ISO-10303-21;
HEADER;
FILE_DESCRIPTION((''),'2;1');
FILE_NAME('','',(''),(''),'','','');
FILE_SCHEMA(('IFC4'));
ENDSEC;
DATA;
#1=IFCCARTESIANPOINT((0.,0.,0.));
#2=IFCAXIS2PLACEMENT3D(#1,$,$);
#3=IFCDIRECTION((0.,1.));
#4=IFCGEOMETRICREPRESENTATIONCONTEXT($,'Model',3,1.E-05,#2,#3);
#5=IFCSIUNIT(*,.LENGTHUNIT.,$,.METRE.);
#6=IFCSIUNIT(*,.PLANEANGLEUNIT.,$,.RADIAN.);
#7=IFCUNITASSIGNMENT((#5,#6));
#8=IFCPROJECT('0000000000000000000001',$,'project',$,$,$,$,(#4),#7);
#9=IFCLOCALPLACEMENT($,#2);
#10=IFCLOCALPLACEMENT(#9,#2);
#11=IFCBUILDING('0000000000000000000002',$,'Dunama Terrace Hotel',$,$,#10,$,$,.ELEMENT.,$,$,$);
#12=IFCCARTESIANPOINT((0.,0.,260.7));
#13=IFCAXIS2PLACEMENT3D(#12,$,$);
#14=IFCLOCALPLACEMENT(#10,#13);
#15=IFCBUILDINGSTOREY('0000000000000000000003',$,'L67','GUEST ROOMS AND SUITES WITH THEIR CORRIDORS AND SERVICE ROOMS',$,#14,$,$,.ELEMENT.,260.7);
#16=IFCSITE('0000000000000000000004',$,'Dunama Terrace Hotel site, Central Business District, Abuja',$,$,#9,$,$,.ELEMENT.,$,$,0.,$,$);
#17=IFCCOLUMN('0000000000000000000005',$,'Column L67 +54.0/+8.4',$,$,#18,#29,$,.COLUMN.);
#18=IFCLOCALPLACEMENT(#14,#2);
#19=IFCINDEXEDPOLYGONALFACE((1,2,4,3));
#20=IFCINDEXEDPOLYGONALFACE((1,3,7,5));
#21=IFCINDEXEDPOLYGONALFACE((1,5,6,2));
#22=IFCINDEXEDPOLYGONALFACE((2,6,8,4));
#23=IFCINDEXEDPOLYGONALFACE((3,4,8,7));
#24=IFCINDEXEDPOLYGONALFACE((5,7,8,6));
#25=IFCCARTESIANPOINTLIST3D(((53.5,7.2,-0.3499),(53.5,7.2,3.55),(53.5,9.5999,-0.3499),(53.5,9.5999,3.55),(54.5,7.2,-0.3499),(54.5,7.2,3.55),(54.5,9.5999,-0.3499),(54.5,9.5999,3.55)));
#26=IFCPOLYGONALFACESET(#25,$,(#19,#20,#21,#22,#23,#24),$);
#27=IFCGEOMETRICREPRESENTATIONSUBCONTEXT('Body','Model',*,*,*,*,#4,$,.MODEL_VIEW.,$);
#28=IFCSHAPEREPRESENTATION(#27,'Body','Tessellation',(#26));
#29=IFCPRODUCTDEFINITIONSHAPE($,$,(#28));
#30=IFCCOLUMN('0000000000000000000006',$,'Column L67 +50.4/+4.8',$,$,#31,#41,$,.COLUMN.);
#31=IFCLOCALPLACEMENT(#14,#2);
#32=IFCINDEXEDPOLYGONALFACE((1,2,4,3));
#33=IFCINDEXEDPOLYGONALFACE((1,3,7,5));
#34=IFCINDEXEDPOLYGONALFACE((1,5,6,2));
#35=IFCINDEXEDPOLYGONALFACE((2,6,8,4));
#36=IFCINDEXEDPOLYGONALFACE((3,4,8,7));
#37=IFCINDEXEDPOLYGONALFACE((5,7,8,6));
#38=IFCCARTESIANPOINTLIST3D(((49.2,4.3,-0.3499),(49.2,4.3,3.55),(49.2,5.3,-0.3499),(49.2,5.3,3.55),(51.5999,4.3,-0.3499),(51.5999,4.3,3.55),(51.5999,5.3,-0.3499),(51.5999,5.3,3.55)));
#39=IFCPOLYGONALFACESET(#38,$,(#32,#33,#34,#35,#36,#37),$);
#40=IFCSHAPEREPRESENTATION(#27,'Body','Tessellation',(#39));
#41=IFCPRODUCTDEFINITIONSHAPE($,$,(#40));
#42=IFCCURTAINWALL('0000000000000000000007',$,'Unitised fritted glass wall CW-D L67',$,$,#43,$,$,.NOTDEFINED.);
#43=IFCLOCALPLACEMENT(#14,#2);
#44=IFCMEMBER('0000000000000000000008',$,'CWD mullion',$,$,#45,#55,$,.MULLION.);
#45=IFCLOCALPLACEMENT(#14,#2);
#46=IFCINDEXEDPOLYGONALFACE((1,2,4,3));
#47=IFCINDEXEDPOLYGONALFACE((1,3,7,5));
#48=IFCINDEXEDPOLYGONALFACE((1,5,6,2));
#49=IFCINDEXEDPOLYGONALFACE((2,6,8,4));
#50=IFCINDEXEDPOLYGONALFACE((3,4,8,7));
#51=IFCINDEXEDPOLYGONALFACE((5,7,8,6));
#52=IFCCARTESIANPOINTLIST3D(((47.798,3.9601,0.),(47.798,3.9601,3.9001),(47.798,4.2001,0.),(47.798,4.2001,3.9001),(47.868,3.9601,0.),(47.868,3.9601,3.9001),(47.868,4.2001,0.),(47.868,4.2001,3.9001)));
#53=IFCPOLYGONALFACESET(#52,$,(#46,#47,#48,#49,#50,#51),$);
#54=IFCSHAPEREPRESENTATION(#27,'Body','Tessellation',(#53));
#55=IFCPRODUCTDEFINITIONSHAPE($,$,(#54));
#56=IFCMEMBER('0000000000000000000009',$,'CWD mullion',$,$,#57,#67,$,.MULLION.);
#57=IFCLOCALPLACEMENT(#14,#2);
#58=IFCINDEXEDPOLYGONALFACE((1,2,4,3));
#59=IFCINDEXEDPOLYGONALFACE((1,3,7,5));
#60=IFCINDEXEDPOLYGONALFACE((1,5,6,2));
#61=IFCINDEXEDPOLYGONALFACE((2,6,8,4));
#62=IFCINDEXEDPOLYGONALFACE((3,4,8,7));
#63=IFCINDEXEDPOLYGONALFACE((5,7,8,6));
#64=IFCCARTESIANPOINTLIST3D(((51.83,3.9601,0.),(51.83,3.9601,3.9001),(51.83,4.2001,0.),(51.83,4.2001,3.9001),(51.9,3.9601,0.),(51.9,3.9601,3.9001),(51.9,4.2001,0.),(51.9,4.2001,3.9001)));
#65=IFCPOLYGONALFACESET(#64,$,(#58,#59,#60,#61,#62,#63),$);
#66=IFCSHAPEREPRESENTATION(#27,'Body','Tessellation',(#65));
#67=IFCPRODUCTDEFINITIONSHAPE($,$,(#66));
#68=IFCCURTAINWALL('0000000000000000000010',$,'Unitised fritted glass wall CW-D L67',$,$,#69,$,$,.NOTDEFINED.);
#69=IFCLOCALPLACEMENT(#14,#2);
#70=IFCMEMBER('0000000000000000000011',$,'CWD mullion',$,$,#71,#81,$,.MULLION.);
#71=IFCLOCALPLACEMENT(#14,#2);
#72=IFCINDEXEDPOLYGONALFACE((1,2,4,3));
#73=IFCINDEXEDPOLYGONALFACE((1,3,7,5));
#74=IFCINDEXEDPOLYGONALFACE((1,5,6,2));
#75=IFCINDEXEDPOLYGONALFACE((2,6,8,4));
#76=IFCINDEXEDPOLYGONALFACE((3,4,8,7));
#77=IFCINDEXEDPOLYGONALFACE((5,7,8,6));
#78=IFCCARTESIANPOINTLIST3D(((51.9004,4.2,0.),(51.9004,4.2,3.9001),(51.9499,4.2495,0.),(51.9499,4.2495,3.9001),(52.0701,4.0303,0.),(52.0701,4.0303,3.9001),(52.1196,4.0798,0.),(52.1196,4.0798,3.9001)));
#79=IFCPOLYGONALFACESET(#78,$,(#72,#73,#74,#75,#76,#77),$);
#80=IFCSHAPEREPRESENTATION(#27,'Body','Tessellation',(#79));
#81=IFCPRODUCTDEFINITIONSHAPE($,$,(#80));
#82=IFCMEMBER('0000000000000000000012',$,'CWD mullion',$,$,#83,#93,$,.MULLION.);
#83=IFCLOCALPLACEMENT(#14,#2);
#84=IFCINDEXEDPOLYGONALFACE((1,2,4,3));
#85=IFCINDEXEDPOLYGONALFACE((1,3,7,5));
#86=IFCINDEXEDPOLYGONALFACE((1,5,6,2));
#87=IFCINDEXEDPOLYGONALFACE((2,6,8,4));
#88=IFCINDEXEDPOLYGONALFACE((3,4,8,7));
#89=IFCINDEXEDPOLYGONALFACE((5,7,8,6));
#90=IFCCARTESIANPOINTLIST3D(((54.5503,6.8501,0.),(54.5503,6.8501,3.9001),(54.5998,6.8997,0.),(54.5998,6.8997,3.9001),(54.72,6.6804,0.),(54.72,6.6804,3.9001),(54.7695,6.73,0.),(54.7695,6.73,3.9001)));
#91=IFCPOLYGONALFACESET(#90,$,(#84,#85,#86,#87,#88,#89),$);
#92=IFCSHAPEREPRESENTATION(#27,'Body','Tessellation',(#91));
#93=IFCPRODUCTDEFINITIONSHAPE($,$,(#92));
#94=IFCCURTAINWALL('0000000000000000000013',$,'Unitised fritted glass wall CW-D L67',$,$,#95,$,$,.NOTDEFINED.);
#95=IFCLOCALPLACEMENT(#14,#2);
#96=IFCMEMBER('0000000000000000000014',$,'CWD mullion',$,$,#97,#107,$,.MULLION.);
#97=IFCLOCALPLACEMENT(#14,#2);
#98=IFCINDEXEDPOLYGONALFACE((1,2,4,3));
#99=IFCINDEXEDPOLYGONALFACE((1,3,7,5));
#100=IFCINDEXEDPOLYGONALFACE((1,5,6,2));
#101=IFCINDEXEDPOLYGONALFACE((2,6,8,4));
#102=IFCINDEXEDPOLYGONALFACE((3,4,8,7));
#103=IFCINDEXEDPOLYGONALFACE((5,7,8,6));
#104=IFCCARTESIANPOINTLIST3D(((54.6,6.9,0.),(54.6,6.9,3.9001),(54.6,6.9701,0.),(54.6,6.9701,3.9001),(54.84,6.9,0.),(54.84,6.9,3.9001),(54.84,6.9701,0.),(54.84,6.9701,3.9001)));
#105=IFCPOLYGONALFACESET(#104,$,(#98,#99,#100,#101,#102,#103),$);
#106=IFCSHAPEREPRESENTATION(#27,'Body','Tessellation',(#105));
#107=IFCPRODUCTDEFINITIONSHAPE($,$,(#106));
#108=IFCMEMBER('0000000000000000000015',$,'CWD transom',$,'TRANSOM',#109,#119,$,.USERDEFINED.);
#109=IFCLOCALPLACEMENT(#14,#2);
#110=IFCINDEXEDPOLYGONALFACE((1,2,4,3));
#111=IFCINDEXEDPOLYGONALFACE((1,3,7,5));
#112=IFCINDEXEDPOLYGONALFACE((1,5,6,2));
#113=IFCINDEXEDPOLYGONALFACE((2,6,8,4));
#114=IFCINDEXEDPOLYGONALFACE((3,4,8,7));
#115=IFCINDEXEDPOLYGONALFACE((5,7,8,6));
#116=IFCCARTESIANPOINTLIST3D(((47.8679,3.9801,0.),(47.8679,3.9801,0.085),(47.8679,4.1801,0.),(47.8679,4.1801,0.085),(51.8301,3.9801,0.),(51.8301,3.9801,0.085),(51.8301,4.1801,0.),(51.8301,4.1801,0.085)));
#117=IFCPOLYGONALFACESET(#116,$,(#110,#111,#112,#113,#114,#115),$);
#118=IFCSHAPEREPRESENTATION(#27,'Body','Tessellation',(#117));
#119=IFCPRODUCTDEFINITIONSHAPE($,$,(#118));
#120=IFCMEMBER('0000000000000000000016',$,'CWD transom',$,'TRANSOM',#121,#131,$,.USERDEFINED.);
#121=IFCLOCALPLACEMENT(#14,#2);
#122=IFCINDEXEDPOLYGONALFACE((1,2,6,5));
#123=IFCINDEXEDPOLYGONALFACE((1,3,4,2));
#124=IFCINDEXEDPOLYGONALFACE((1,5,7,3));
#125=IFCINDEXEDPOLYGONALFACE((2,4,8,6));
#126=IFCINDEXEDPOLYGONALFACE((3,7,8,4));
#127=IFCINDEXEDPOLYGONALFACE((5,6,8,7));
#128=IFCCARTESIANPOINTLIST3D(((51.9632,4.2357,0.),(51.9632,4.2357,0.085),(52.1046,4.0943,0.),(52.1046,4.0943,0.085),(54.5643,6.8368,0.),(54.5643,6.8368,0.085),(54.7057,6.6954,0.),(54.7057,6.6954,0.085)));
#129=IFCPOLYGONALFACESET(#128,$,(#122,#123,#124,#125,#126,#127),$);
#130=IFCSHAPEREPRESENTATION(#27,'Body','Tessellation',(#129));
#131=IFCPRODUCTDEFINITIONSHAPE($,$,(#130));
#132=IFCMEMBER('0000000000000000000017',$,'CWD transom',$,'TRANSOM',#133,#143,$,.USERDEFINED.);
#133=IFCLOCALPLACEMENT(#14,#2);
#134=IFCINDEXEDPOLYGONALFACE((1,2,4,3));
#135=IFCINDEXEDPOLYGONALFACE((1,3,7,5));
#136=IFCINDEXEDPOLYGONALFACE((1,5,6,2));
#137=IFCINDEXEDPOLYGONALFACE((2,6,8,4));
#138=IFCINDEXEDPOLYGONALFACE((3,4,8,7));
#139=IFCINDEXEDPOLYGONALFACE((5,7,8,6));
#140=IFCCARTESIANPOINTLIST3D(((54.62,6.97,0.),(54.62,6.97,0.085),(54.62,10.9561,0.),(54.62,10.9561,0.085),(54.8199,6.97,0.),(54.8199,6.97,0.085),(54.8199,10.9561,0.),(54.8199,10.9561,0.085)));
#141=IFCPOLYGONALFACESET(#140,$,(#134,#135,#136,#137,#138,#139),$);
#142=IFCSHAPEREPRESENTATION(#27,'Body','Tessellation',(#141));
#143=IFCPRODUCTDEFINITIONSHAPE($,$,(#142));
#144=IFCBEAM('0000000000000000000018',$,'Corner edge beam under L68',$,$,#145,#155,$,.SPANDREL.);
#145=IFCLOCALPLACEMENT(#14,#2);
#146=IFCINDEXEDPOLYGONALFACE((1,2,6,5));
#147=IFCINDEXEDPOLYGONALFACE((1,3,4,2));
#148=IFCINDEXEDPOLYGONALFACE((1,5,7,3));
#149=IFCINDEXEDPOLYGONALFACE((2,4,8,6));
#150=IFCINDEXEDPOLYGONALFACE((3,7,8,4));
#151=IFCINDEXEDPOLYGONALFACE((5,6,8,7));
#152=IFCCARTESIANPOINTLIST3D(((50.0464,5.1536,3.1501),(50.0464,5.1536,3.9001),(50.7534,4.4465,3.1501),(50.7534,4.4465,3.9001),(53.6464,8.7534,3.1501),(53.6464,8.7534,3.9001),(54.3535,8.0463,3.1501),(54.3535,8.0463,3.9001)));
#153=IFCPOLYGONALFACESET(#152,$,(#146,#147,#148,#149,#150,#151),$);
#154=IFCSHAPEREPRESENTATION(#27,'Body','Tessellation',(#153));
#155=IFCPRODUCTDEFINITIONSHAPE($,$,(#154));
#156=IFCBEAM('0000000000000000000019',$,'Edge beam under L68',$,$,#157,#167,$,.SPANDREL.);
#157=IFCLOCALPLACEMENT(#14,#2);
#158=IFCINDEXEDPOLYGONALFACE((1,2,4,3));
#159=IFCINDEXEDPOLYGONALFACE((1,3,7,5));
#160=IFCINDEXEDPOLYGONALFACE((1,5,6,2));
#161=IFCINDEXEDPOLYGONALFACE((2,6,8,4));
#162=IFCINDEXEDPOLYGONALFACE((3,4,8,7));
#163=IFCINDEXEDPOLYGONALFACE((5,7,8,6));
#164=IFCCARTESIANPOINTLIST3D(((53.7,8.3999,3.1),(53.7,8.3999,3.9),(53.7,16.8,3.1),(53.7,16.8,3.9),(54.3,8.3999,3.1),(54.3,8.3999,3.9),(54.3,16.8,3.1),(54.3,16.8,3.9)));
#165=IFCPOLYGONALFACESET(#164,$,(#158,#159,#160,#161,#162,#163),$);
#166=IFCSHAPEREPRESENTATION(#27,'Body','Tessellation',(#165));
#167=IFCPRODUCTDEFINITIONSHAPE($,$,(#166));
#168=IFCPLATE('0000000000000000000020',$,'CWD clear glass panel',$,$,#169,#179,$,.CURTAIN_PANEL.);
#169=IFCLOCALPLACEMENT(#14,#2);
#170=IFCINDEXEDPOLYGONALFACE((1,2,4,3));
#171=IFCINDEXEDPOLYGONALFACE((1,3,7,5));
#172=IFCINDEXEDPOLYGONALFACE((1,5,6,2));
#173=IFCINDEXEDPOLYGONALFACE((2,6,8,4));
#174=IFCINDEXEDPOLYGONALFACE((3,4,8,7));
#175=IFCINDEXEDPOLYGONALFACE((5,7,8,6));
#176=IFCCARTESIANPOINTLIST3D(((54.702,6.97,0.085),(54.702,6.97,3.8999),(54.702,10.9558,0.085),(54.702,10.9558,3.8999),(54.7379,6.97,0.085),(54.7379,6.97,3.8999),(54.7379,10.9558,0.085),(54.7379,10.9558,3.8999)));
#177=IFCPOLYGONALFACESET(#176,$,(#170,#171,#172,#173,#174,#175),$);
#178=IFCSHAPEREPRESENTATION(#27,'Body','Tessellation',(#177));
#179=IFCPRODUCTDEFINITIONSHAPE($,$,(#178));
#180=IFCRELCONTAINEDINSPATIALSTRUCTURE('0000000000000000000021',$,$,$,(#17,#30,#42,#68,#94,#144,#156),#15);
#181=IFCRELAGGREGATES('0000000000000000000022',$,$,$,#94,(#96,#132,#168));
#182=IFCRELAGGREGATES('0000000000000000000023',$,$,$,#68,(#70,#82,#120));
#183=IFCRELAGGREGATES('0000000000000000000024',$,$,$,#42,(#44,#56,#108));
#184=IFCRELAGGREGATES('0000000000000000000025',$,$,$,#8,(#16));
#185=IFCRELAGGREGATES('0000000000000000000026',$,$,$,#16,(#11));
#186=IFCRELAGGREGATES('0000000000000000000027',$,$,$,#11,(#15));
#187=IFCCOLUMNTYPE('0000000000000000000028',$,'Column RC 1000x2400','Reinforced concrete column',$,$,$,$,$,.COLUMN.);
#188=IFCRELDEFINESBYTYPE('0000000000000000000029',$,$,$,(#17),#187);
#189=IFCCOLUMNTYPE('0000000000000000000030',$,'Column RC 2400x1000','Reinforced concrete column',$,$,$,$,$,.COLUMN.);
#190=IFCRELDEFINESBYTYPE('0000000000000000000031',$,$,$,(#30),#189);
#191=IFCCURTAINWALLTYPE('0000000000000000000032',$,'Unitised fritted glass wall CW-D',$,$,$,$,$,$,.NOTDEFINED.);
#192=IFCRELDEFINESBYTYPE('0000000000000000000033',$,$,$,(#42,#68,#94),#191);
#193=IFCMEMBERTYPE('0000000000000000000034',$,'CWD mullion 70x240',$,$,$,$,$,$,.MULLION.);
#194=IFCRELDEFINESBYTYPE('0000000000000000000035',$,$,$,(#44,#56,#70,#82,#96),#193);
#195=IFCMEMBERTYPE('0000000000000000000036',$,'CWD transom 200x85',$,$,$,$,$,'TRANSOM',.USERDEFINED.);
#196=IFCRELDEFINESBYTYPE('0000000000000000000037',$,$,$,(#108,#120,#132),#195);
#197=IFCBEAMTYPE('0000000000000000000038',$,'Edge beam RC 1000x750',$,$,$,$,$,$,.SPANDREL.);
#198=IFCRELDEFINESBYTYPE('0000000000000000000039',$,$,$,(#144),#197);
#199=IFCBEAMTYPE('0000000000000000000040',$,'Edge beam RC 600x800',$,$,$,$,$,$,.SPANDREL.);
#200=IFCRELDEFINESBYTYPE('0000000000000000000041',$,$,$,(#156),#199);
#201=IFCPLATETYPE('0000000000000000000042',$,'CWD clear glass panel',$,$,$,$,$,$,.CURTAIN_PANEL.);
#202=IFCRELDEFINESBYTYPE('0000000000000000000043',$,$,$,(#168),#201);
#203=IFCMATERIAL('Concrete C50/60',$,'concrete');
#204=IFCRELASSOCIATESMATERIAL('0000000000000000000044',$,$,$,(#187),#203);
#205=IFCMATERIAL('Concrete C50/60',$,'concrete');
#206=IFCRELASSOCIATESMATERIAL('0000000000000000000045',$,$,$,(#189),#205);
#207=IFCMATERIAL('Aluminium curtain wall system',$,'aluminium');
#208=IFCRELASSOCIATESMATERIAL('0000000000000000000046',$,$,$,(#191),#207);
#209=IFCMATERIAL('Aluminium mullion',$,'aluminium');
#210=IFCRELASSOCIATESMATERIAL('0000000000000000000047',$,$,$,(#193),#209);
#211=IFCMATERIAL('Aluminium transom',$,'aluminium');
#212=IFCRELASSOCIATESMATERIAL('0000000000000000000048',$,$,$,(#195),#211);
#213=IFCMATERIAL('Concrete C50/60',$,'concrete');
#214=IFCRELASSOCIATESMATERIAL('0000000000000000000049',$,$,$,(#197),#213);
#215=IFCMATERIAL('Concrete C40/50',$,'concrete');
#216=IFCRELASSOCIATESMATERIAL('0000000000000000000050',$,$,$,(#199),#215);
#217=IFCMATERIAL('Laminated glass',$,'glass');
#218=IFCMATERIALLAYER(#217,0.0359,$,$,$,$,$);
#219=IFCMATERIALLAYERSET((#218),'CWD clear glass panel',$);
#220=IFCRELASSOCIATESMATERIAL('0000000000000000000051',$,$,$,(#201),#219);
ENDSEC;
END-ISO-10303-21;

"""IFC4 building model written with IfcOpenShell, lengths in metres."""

from ifc_helpers import new_model, si_unit, direction, frame, origin, origin_2d, place, context, subcontext, project, spatial, rectangle, extrude, material, layer, layer_set, material_profile, profile_set, type_object, element, aggregate, save


model = new_model("IFC4")

# Units and contexts
model_context = context("Model", 3, precision=1e-05, world=origin(), true_north=direction((0.0, 1.0)))
body_context = subcontext(model_context, "Body", "Model", "MODEL_VIEW")
ifc_project = project(units=[si_unit("LENGTHUNIT", "METRE"), si_unit("PLANEANGLEUNIT", "RADIAN")], contexts=[model_context])

# Site, building, storey
site_placement = place(None, origin())
site = spatial("IfcSite", under=ifc_project, at=site_placement, Name="Dunama Terrace Hotel site, Central Business District, Abuja", CompositionType="ELEMENT", RefElevation=0.0)
building_placement = place(site_placement, origin())
building = spatial("IfcBuilding", under=site, at=building_placement, Name="Dunama Terrace Hotel", CompositionType="ELEMENT")
storey_placement = place(building_placement, frame((0.0, 0.0, 260.7)))
storey = spatial("IfcBuildingStorey", under=building, at=storey_placement, Name="L67", Description="GUEST ROOMS AND SUITES WITH THEIR CORRIDORS AND SERVICE ROOMS", CompositionType="ELEMENT", Elevation=260.7)

# Columns
ifc_material_1 = material(Name="Concrete C50/60", Category="concrete")
ifc_material_profile_1 = material_profile(ifc_material_1, rectangle(XDim=1.0, YDim=2.3999, at=origin_2d()), Name="RC 1000x2400")
ifc_profile_set_1 = profile_set([ifc_material_profile_1], Name="Concrete C50/60")
column_type_1 = type_object("IfcColumnType", Name="Column RC 1000x2400", Description="Reinforced concrete column", PredefinedType="COLUMN", material=ifc_profile_set_1)
column_1_placement = place(storey_placement, frame((54.0, 8.3999, -0.3499), z_axis=(0.0, 0.0, 1.0), x_axis=(1.0, 0.0, 0.0)))
element("IfcColumn", 1, at=column_1_placement, inside=storey, type_object=column_type_1, Name="Column L67 +54.0/+8.4", PredefinedType="COLUMN", context=body_context, shape_type="SweptSolid", body=[
    extrude(rectangle(XDim=1.0, YDim=2.3999, at=origin_2d()), origin(), (0.0, 0.0, 1.0), 3.8999),
])
ifc_material_2 = material(Name="Concrete C50/60", Category="concrete")
ifc_material_profile_2 = material_profile(ifc_material_2, rectangle(XDim=2.3999, YDim=1.0, at=origin_2d()), Name="RC 2400x1000")
ifc_profile_set_2 = profile_set([ifc_material_profile_2], Name="Concrete C50/60")
column_type_2 = type_object("IfcColumnType", Name="Column RC 2400x1000", Description="Reinforced concrete column", PredefinedType="COLUMN", material=ifc_profile_set_2)
column_2_placement = place(storey_placement, frame((50.3999, 4.8, -0.3499), z_axis=(0.0, 0.0, 1.0), x_axis=(1.0, 0.0, 0.0)))
element("IfcColumn", 2, at=column_2_placement, inside=storey, type_object=column_type_2, Name="Column L67 +50.4/+4.8", PredefinedType="COLUMN", context=body_context, shape_type="SweptSolid", body=[
    extrude(rectangle(XDim=2.3999, YDim=1.0, at=origin_2d()), origin(), (0.0, 0.0, 1.0), 3.8999),
])

# Curtain walls, members
ifc_material_3 = material(Name="Aluminium curtain wall system", Category="aluminium")
curtain_wall_type = type_object("IfcCurtainWallType", Name="Unitised fritted glass wall CW-D", PredefinedType="NOTDEFINED", material=ifc_material_3)
curtain_wall_1_placement = place(storey_placement, origin())
curtain_wall_1 = element("IfcCurtainWall", 3, at=curtain_wall_1_placement, inside=storey, type_object=curtain_wall_type, Name="Unitised fritted glass wall CW-D L67", PredefinedType="NOTDEFINED")
ifc_material_4 = material(Name="Aluminium mullion", Category="aluminium")
ifc_material_profile_3 = material_profile(ifc_material_4, rectangle(XDim=0.0701, YDim=0.24, at=origin_2d()), Name="CWD MULLION 70X240")
ifc_profile_set_3 = profile_set([ifc_material_profile_3], Name="Aluminium mullion")
member_type_1 = type_object("IfcMemberType", Name="CWD mullion 70x240", PredefinedType="MULLION", material=ifc_profile_set_3)
member_1_placement = place(storey_placement, frame((47.833, 4.0801, 0.0), z_axis=(0.0, 0.0, 1.0), x_axis=(1.0, 0.0, 0.0)))
member_1 = element("IfcMember", 4, at=member_1_placement, type_object=member_type_1, Name="CWD mullion", PredefinedType="MULLION", context=body_context, shape_type="SweptSolid", body=[
    extrude(rectangle(XDim=0.0701, YDim=0.24, at=origin_2d()), origin(), (0.0, 0.0, 1.0), 3.9001),
])
member_2_placement = place(storey_placement, frame((51.865, 4.0801, 0.0), z_axis=(0.0, 0.0, 1.0), x_axis=(1.0, 0.0, 0.0)))
member_2 = element("IfcMember", 5, at=member_2_placement, type_object=member_type_1, Name="CWD mullion", PredefinedType="MULLION", context=body_context, shape_type="SweptSolid", body=[
    extrude(rectangle(XDim=0.0701, YDim=0.24, at=origin_2d()), origin(), (0.0, 0.0, 1.0), 3.9001),
])
curtain_wall_2_placement = place(storey_placement, origin())
curtain_wall_2 = element("IfcCurtainWall", 6, at=curtain_wall_2_placement, inside=storey, type_object=curtain_wall_type, Name="Unitised fritted glass wall CW-D L67", PredefinedType="NOTDEFINED")
member_3_placement = place(storey_placement, frame((52.01, 4.1399, 0.0), z_axis=(0.0, 0.0, 1.0), x_axis=(0.707107, 0.707107, 0.0)))
member_3 = element("IfcMember", 7, at=member_3_placement, type_object=member_type_1, Name="CWD mullion", PredefinedType="MULLION", context=body_context, shape_type="SweptSolid", body=[
    extrude(rectangle(XDim=0.0701, YDim=0.24, at=origin_2d()), origin(), (0.0, 0.0, 1.0), 3.9001),
])
member_4_placement = place(storey_placement, frame((54.6599, 6.79, 0.0), z_axis=(0.0, 0.0, 1.0), x_axis=(0.707107, 0.707107, 0.0)))
member_4 = element("IfcMember", 8, at=member_4_placement, type_object=member_type_1, Name="CWD mullion", PredefinedType="MULLION", context=body_context, shape_type="SweptSolid", body=[
    extrude(rectangle(XDim=0.0701, YDim=0.24, at=origin_2d()), origin(), (0.0, 0.0, 1.0), 3.9001),
])

# Curtain wall, member
curtain_wall_3_placement = place(storey_placement, origin())
curtain_wall_3 = element("IfcCurtainWall", 9, at=curtain_wall_3_placement, inside=storey, type_object=curtain_wall_type, Name="Unitised fritted glass wall CW-D L67", PredefinedType="NOTDEFINED")
member_5_placement = place(storey_placement, frame((54.72, 6.9351, 0.0), z_axis=(0.0, 0.0, 1.0), x_axis=(0.0, 1.0, 0.0)))
member_5 = element("IfcMember", 10, at=member_5_placement, type_object=member_type_1, Name="CWD mullion", PredefinedType="MULLION", context=body_context, shape_type="SweptSolid", body=[
    extrude(rectangle(XDim=0.0701, YDim=0.24, at=origin_2d()), origin(), (0.0, 0.0, 1.0), 3.9001),
])

# Members
ifc_material_5 = material(Name="Aluminium transom", Category="aluminium")
ifc_material_profile_4 = material_profile(ifc_material_5, rectangle(XDim=0.2, YDim=0.085, at=origin_2d()), Name="CWD TRANSOM 200X85")
ifc_profile_set_4 = profile_set([ifc_material_profile_4], Name="Aluminium transom")
member_type_2 = type_object("IfcMemberType", Name="CWD transom 200x85", ElementType="TRANSOM", PredefinedType="USERDEFINED", material=ifc_profile_set_4)
member_6_placement = place(storey_placement, frame((47.8679, 4.0801, 0.0425), z_axis=(1.0, 0.0, 0.0), x_axis=(0.0, 1.0, 0.0)))
member_6 = element("IfcMember", 11, at=member_6_placement, type_object=member_type_2, Name="CWD transom", ObjectType="TRANSOM", PredefinedType="USERDEFINED", context=body_context, shape_type="SweptSolid", body=[
    extrude(rectangle(XDim=0.2, YDim=0.085, at=origin_2d()), origin(), (0.0, 0.0, 1.0), 3.9622),
])
member_7_placement = place(storey_placement, frame((52.0339, 4.165, 0.0425), z_axis=(0.707107, 0.707107, 0.0), x_axis=(-0.707107, 0.707107, 0.0)))
member_7 = element("IfcMember", 12, at=member_7_placement, type_object=member_type_2, Name="CWD transom", ObjectType="TRANSOM", PredefinedType="USERDEFINED", context=body_context, shape_type="SweptSolid", body=[
    extrude(rectangle(XDim=0.2, YDim=0.085, at=origin_2d()), origin(), (0.0, 0.0, 1.0), 3.6785),
])
member_8_placement = place(storey_placement, frame((54.72, 6.97, 0.0425), z_axis=(0.0, 1.0, 0.0), x_axis=(-1.0, 0.0, 0.0)))
member_8 = element("IfcMember", 13, at=member_8_placement, type_object=member_type_2, Name="CWD transom", ObjectType="TRANSOM", PredefinedType="USERDEFINED", context=body_context, shape_type="SweptSolid", body=[
    extrude(rectangle(XDim=0.2, YDim=0.085, at=origin_2d()), origin(), (0.0, 0.0, 1.0), 3.9861),
])

# Beams
ifc_material_6 = material(Name="Concrete C50/60", Category="concrete")
ifc_material_profile_5 = material_profile(ifc_material_6, rectangle(XDim=1.0, YDim=0.75, at=origin_2d()), Name="RC 1000x750")
ifc_profile_set_5 = profile_set([ifc_material_profile_5], Name="Concrete C50/60")
beam_type_1 = type_object("IfcBeamType", Name="Edge beam RC 1000x750", PredefinedType="SPANDREL", material=ifc_profile_set_5)
beam_1_placement = place(storey_placement, frame((50.3999, 4.8, 3.5251), z_axis=(0.707131, 0.707083, 0.0), x_axis=(-0.707083, 0.707131, 0.0)))
element("IfcBeam", 14, at=beam_1_placement, inside=storey, type_object=beam_type_1, Name="Corner edge beam under L68", PredefinedType="SPANDREL", context=body_context, shape_type="SweptSolid", body=[
    extrude(rectangle(XDim=1.0, YDim=0.75, at=origin_2d()), origin(), (0.0, 0.0, 1.0), 5.0911),
])
ifc_material_7 = material(Name="Concrete C40/50", Category="concrete")
ifc_material_profile_6 = material_profile(ifc_material_7, rectangle(XDim=0.6001, YDim=0.8, at=origin_2d()), Name="RC 600x800")
ifc_profile_set_6 = profile_set([ifc_material_profile_6], Name="Concrete C40/50")
beam_type_2 = type_object("IfcBeamType", Name="Edge beam RC 600x800", PredefinedType="SPANDREL", material=ifc_profile_set_6)
beam_2_placement = place(storey_placement, frame((54.0, 8.3999, 3.5), z_axis=(0.0, 1.0, 0.0), x_axis=(-1.0, 0.0, 0.0)))
element("IfcBeam", 15, at=beam_2_placement, inside=storey, type_object=beam_type_2, Name="Edge beam under L68", PredefinedType="SPANDREL", context=body_context, shape_type="SweptSolid", body=[
    extrude(rectangle(XDim=0.6001, YDim=0.8, at=origin_2d()), origin(), (0.0, 0.0, 1.0), 8.4001),
])

# Plate
ifc_material_8 = material(Name="Laminated glass", Category="glass")
ifc_layer_1 = layer(ifc_material_8, 0.0359)
ifc_layer_set_1 = layer_set([ifc_layer_1], Name="CWD clear glass panel")
plate_type_1 = type_object("IfcPlateType", Name="CWD clear glass panel", PredefinedType="CURTAIN_PANEL", material=ifc_layer_set_1)
plate_1_placement = place(storey_placement, frame((54.72, 8.9629, 0.085), z_axis=(0.0, 0.0, 1.0), x_axis=(0.0, 1.0, 0.0)))
plate_1 = element("IfcPlate", 16, at=plate_1_placement, type_object=plate_type_1, Name="CWD clear glass panel", PredefinedType="CURTAIN_PANEL", context=body_context, shape_type="SweptSolid", body=[
    extrude(rectangle(XDim=3.9858, YDim=0.0359, at=origin_2d()), origin(), (0.0, 0.0, 1.0), 3.8149),
])
aggregate(curtain_wall_3, [member_5, member_8, plate_1])
aggregate(curtain_wall_2, [member_3, member_4, member_7])
aggregate(curtain_wall_1, [member_1, member_2, member_6])

save(model, "model.ifc")
